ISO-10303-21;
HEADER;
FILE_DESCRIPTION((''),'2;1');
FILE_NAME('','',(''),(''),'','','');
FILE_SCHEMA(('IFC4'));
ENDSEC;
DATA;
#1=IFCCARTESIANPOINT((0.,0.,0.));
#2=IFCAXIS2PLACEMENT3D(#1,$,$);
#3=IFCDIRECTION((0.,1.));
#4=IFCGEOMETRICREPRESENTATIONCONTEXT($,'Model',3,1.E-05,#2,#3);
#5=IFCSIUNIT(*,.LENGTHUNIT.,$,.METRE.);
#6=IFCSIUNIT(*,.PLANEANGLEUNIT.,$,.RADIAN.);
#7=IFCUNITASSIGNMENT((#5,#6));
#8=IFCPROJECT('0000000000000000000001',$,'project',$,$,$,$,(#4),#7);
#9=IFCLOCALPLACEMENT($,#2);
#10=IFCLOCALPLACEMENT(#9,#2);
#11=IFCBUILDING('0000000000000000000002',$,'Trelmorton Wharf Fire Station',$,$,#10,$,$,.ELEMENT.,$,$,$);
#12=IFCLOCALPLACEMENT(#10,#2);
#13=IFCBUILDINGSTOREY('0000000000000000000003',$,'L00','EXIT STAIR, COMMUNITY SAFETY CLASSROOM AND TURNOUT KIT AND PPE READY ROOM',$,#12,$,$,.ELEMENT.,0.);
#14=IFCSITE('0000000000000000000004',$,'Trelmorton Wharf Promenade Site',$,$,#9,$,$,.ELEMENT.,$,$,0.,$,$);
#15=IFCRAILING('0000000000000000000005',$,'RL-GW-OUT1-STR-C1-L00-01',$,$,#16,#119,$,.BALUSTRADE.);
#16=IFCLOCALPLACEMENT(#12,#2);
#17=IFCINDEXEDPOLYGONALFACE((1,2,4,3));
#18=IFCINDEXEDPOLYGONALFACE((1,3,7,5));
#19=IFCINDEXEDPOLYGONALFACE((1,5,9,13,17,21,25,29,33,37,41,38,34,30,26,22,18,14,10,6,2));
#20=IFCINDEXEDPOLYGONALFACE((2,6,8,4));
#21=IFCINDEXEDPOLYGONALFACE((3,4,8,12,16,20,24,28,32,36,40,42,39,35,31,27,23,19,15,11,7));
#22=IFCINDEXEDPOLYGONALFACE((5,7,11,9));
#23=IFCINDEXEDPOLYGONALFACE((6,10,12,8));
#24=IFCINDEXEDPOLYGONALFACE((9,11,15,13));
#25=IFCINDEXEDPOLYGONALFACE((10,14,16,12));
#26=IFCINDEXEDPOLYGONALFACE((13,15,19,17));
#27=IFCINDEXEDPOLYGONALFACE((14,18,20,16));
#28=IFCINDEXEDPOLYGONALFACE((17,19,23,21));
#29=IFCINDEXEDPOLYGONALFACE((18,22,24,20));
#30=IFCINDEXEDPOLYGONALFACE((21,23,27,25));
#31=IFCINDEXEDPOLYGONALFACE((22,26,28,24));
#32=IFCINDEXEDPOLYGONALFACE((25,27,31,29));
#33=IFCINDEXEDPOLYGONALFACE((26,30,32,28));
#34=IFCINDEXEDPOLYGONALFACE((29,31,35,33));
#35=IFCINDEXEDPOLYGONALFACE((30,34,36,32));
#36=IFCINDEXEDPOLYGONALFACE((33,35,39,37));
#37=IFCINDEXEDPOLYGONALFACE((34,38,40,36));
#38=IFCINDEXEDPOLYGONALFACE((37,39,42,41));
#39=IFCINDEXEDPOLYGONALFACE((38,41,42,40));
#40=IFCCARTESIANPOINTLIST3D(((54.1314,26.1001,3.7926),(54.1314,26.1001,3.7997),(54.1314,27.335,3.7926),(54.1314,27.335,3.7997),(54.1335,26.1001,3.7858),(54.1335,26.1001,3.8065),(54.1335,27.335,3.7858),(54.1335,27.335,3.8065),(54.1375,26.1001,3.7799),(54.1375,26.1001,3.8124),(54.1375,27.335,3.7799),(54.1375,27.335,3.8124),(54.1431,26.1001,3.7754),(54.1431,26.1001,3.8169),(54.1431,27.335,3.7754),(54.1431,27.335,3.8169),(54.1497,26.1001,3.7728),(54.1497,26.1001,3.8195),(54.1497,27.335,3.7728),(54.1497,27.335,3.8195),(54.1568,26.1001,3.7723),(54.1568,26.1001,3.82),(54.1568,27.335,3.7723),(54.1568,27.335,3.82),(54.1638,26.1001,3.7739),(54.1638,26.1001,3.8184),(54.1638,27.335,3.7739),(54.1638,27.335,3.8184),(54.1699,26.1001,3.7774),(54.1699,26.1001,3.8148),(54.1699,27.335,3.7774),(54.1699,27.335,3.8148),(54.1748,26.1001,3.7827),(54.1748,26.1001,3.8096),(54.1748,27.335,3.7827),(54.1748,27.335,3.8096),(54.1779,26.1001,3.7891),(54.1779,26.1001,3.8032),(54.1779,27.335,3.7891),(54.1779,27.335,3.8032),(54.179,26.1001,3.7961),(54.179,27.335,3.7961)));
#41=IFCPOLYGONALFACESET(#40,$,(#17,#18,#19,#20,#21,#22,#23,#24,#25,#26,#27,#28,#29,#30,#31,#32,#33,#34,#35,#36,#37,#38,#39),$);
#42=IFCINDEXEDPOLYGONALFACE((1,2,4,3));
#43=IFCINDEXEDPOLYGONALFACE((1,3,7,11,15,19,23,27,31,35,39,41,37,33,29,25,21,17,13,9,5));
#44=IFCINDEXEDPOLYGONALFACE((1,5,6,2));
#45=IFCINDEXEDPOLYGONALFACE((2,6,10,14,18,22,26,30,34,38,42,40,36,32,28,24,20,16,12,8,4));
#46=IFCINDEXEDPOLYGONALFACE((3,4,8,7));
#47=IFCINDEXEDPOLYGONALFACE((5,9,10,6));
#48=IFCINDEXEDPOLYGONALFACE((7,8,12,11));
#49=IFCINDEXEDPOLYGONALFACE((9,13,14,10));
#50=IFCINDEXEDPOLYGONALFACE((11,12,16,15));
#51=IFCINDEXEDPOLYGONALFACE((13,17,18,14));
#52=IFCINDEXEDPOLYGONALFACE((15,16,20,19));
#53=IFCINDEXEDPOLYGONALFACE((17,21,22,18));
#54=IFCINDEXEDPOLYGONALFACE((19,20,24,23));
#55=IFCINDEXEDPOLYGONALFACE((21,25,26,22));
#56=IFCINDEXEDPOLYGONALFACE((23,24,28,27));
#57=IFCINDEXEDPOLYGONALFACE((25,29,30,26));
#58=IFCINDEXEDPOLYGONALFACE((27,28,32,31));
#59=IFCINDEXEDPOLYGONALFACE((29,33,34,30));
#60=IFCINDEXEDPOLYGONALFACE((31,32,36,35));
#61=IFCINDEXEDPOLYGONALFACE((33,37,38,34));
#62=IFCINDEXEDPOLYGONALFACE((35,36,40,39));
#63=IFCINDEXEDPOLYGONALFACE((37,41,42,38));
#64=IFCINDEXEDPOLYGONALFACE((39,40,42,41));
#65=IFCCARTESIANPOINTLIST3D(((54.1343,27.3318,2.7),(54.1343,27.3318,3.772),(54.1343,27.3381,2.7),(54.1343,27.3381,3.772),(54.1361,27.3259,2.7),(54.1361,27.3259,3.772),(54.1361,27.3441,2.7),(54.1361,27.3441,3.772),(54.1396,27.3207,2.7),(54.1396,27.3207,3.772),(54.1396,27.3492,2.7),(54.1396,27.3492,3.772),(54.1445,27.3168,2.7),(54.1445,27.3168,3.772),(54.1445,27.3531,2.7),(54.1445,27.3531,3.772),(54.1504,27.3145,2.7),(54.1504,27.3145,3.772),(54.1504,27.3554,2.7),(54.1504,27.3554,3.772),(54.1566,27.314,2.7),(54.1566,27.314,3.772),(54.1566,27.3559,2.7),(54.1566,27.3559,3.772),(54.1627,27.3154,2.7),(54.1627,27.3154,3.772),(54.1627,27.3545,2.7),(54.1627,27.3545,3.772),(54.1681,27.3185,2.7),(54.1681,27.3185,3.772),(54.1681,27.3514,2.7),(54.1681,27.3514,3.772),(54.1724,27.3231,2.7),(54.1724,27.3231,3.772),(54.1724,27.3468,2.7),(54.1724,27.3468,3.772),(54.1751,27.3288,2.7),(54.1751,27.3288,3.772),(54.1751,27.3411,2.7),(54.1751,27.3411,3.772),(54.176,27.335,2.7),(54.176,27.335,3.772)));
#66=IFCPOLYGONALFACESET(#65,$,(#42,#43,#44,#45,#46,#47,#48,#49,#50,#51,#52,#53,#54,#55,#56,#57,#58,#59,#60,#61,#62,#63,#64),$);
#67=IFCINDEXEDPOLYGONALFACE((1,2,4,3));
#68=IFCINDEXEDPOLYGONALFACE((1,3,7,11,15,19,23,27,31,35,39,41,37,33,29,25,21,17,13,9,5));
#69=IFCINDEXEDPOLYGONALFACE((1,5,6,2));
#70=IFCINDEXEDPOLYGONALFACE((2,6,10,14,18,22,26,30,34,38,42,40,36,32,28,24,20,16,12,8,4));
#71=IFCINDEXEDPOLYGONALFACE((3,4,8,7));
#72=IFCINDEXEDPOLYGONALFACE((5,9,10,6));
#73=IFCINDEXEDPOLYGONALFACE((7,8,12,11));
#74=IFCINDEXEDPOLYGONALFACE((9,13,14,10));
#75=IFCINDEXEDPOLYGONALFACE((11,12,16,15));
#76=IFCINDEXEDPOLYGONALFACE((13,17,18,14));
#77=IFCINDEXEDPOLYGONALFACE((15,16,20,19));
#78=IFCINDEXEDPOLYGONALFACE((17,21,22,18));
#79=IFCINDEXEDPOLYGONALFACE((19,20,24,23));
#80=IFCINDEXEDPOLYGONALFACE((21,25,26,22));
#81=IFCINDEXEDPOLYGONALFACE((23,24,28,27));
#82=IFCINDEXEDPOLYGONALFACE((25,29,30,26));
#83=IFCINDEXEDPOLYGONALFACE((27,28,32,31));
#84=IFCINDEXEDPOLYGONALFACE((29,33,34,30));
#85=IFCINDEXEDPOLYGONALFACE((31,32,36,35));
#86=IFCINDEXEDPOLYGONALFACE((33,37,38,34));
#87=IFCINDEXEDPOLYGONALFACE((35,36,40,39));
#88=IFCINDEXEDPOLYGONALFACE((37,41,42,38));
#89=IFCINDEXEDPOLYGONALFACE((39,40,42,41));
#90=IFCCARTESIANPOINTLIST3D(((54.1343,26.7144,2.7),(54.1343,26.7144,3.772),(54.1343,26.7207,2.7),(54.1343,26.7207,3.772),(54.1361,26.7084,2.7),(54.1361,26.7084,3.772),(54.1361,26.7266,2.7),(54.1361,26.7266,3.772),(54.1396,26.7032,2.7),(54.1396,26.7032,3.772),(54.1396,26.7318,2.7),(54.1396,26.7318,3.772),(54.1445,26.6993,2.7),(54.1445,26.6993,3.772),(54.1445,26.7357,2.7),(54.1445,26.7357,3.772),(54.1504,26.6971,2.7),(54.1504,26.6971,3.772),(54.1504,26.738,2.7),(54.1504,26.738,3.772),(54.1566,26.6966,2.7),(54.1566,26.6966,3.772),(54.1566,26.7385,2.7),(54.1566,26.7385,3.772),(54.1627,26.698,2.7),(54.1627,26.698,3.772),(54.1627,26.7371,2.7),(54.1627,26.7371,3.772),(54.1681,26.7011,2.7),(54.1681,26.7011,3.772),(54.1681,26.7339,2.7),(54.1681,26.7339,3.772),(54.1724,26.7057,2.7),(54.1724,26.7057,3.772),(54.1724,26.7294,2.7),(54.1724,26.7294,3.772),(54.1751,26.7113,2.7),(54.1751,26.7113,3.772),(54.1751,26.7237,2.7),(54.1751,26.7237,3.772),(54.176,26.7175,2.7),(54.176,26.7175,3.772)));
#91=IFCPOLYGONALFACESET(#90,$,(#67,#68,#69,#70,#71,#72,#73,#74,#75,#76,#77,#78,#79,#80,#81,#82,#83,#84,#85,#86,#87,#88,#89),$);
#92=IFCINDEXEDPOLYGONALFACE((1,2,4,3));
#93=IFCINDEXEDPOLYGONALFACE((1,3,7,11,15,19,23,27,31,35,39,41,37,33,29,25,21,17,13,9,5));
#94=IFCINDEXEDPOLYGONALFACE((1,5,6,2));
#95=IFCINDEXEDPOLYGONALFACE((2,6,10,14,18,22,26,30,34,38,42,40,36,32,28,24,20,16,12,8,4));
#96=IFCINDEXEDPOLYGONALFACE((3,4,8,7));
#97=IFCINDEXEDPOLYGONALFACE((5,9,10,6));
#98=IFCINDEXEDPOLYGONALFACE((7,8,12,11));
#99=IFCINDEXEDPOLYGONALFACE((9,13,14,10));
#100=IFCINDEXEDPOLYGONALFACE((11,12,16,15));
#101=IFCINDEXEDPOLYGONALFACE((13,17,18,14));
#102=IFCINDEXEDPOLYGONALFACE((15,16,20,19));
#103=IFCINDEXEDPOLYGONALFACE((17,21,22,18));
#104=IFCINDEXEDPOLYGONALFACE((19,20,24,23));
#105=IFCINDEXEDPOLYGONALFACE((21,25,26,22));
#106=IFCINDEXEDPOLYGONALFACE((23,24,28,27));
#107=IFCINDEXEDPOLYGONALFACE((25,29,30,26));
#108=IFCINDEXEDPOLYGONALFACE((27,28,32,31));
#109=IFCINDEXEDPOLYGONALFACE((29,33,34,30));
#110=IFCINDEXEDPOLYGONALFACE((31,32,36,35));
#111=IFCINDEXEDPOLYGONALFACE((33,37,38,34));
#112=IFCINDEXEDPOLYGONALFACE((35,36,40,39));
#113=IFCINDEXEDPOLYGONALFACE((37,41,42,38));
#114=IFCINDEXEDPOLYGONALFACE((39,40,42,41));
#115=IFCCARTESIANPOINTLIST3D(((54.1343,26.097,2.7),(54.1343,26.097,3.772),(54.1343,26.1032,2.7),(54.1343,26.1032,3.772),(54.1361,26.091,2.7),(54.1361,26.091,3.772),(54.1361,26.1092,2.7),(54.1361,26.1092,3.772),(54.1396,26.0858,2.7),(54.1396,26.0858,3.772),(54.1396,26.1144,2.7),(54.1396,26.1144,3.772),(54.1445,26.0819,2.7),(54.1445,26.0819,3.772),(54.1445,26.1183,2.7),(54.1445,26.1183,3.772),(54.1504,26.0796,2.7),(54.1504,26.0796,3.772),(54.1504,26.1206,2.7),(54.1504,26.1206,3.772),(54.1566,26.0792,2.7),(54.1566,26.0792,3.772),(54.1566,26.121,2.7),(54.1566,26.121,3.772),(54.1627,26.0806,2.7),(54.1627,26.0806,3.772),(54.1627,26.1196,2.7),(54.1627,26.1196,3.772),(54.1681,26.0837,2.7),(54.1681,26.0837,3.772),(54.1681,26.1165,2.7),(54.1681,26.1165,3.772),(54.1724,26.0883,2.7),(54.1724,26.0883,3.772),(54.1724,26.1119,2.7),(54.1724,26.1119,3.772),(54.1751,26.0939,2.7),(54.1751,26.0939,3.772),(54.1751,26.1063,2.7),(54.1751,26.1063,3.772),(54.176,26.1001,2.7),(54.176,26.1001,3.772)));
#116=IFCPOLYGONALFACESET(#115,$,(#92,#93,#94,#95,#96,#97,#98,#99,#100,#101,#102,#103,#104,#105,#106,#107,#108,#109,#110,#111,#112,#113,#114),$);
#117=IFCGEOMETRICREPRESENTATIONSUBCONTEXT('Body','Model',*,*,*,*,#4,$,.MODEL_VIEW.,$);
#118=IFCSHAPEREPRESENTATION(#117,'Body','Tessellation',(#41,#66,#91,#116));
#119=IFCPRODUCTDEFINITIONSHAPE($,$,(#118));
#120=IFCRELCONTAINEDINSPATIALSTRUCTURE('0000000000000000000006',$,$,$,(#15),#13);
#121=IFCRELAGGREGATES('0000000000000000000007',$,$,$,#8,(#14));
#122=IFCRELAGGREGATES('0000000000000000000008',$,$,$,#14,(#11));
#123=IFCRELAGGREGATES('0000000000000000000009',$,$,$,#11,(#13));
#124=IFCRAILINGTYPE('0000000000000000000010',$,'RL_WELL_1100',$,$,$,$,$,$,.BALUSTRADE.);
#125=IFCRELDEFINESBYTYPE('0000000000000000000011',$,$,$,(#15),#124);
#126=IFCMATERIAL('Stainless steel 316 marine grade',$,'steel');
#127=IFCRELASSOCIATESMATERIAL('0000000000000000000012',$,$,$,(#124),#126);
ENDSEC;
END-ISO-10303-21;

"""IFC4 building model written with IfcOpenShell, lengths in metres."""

from ifc_helpers import new_model, si_unit, direction, frame, origin, origin_2d, place, context, subcontext, project, spatial, circle, extrude, material, type_object, element, save


model = new_model("IFC4")

# Units and contexts
model_context = context("Model", 3, precision=1e-05, world=origin(), true_north=direction((0.0, 1.0)))
body_context = subcontext(model_context, "Body", "Model", "MODEL_VIEW")
ifc_project = project(units=[si_unit("LENGTHUNIT", "METRE"), si_unit("PLANEANGLEUNIT", "RADIAN")], contexts=[model_context])

# Site, building, storey
site_placement = place(None, origin())
site = spatial("IfcSite", under=ifc_project, at=site_placement, Name="Trelmorton Wharf Promenade Site", CompositionType="ELEMENT", RefElevation=0.0)
building_placement = place(site_placement, origin())
building = spatial("IfcBuilding", under=site, at=building_placement, Name="Trelmorton Wharf Fire Station", CompositionType="ELEMENT")
storey_placement = place(building_placement, origin())
storey = spatial("IfcBuildingStorey", under=building, at=storey_placement, Name="L00", Description="EXIT STAIR, COMMUNITY SAFETY CLASSROOM AND TURNOUT KIT AND PPE READY ROOM", CompositionType="ELEMENT", Elevation=0.0)

# Shared definitions
ifc_material_1 = material(Name="Stainless steel 316 marine grade", Category="steel")

# Railing
railing_type_1 = type_object("IfcRailingType", Name="RL_WELL_1100", PredefinedType="BALUSTRADE", material=ifc_material_1)
railing_1_placement = place(storey_placement, frame((54.155, 27.335, 2.7)))
element("IfcRailing", 1, at=railing_1_placement, inside=storey, type_object=railing_type_1, Name="RL-GW-OUT1-STR-C1-L00-01", PredefinedType="BALUSTRADE", context=body_context, shape_type="SweptSolid", body=[
    extrude(circle(Radius=0.0239, at=origin_2d()), frame((0.0, 0.0, 1.0962), z_axis=(0.0, -1.0, 0.0), x_axis=(1.0, 0.0, 0.0)), (0.0, 0.0, 1.0), 1.2349),
    extrude(circle(Radius=0.021, at=origin_2d()), origin(), (0.0, 0.0, 1.0), 1.072),
    extrude(circle(Radius=0.021, at=origin_2d()), frame((0.0, -0.6174, 0.0)), (0.0, 0.0, 1.0), 1.072),
    extrude(circle(Radius=0.021, at=origin_2d()), frame((0.0, -1.2349, 0.0)), (0.0, 0.0, 1.0), 1.072),
])

save(model, "model.ifc")
